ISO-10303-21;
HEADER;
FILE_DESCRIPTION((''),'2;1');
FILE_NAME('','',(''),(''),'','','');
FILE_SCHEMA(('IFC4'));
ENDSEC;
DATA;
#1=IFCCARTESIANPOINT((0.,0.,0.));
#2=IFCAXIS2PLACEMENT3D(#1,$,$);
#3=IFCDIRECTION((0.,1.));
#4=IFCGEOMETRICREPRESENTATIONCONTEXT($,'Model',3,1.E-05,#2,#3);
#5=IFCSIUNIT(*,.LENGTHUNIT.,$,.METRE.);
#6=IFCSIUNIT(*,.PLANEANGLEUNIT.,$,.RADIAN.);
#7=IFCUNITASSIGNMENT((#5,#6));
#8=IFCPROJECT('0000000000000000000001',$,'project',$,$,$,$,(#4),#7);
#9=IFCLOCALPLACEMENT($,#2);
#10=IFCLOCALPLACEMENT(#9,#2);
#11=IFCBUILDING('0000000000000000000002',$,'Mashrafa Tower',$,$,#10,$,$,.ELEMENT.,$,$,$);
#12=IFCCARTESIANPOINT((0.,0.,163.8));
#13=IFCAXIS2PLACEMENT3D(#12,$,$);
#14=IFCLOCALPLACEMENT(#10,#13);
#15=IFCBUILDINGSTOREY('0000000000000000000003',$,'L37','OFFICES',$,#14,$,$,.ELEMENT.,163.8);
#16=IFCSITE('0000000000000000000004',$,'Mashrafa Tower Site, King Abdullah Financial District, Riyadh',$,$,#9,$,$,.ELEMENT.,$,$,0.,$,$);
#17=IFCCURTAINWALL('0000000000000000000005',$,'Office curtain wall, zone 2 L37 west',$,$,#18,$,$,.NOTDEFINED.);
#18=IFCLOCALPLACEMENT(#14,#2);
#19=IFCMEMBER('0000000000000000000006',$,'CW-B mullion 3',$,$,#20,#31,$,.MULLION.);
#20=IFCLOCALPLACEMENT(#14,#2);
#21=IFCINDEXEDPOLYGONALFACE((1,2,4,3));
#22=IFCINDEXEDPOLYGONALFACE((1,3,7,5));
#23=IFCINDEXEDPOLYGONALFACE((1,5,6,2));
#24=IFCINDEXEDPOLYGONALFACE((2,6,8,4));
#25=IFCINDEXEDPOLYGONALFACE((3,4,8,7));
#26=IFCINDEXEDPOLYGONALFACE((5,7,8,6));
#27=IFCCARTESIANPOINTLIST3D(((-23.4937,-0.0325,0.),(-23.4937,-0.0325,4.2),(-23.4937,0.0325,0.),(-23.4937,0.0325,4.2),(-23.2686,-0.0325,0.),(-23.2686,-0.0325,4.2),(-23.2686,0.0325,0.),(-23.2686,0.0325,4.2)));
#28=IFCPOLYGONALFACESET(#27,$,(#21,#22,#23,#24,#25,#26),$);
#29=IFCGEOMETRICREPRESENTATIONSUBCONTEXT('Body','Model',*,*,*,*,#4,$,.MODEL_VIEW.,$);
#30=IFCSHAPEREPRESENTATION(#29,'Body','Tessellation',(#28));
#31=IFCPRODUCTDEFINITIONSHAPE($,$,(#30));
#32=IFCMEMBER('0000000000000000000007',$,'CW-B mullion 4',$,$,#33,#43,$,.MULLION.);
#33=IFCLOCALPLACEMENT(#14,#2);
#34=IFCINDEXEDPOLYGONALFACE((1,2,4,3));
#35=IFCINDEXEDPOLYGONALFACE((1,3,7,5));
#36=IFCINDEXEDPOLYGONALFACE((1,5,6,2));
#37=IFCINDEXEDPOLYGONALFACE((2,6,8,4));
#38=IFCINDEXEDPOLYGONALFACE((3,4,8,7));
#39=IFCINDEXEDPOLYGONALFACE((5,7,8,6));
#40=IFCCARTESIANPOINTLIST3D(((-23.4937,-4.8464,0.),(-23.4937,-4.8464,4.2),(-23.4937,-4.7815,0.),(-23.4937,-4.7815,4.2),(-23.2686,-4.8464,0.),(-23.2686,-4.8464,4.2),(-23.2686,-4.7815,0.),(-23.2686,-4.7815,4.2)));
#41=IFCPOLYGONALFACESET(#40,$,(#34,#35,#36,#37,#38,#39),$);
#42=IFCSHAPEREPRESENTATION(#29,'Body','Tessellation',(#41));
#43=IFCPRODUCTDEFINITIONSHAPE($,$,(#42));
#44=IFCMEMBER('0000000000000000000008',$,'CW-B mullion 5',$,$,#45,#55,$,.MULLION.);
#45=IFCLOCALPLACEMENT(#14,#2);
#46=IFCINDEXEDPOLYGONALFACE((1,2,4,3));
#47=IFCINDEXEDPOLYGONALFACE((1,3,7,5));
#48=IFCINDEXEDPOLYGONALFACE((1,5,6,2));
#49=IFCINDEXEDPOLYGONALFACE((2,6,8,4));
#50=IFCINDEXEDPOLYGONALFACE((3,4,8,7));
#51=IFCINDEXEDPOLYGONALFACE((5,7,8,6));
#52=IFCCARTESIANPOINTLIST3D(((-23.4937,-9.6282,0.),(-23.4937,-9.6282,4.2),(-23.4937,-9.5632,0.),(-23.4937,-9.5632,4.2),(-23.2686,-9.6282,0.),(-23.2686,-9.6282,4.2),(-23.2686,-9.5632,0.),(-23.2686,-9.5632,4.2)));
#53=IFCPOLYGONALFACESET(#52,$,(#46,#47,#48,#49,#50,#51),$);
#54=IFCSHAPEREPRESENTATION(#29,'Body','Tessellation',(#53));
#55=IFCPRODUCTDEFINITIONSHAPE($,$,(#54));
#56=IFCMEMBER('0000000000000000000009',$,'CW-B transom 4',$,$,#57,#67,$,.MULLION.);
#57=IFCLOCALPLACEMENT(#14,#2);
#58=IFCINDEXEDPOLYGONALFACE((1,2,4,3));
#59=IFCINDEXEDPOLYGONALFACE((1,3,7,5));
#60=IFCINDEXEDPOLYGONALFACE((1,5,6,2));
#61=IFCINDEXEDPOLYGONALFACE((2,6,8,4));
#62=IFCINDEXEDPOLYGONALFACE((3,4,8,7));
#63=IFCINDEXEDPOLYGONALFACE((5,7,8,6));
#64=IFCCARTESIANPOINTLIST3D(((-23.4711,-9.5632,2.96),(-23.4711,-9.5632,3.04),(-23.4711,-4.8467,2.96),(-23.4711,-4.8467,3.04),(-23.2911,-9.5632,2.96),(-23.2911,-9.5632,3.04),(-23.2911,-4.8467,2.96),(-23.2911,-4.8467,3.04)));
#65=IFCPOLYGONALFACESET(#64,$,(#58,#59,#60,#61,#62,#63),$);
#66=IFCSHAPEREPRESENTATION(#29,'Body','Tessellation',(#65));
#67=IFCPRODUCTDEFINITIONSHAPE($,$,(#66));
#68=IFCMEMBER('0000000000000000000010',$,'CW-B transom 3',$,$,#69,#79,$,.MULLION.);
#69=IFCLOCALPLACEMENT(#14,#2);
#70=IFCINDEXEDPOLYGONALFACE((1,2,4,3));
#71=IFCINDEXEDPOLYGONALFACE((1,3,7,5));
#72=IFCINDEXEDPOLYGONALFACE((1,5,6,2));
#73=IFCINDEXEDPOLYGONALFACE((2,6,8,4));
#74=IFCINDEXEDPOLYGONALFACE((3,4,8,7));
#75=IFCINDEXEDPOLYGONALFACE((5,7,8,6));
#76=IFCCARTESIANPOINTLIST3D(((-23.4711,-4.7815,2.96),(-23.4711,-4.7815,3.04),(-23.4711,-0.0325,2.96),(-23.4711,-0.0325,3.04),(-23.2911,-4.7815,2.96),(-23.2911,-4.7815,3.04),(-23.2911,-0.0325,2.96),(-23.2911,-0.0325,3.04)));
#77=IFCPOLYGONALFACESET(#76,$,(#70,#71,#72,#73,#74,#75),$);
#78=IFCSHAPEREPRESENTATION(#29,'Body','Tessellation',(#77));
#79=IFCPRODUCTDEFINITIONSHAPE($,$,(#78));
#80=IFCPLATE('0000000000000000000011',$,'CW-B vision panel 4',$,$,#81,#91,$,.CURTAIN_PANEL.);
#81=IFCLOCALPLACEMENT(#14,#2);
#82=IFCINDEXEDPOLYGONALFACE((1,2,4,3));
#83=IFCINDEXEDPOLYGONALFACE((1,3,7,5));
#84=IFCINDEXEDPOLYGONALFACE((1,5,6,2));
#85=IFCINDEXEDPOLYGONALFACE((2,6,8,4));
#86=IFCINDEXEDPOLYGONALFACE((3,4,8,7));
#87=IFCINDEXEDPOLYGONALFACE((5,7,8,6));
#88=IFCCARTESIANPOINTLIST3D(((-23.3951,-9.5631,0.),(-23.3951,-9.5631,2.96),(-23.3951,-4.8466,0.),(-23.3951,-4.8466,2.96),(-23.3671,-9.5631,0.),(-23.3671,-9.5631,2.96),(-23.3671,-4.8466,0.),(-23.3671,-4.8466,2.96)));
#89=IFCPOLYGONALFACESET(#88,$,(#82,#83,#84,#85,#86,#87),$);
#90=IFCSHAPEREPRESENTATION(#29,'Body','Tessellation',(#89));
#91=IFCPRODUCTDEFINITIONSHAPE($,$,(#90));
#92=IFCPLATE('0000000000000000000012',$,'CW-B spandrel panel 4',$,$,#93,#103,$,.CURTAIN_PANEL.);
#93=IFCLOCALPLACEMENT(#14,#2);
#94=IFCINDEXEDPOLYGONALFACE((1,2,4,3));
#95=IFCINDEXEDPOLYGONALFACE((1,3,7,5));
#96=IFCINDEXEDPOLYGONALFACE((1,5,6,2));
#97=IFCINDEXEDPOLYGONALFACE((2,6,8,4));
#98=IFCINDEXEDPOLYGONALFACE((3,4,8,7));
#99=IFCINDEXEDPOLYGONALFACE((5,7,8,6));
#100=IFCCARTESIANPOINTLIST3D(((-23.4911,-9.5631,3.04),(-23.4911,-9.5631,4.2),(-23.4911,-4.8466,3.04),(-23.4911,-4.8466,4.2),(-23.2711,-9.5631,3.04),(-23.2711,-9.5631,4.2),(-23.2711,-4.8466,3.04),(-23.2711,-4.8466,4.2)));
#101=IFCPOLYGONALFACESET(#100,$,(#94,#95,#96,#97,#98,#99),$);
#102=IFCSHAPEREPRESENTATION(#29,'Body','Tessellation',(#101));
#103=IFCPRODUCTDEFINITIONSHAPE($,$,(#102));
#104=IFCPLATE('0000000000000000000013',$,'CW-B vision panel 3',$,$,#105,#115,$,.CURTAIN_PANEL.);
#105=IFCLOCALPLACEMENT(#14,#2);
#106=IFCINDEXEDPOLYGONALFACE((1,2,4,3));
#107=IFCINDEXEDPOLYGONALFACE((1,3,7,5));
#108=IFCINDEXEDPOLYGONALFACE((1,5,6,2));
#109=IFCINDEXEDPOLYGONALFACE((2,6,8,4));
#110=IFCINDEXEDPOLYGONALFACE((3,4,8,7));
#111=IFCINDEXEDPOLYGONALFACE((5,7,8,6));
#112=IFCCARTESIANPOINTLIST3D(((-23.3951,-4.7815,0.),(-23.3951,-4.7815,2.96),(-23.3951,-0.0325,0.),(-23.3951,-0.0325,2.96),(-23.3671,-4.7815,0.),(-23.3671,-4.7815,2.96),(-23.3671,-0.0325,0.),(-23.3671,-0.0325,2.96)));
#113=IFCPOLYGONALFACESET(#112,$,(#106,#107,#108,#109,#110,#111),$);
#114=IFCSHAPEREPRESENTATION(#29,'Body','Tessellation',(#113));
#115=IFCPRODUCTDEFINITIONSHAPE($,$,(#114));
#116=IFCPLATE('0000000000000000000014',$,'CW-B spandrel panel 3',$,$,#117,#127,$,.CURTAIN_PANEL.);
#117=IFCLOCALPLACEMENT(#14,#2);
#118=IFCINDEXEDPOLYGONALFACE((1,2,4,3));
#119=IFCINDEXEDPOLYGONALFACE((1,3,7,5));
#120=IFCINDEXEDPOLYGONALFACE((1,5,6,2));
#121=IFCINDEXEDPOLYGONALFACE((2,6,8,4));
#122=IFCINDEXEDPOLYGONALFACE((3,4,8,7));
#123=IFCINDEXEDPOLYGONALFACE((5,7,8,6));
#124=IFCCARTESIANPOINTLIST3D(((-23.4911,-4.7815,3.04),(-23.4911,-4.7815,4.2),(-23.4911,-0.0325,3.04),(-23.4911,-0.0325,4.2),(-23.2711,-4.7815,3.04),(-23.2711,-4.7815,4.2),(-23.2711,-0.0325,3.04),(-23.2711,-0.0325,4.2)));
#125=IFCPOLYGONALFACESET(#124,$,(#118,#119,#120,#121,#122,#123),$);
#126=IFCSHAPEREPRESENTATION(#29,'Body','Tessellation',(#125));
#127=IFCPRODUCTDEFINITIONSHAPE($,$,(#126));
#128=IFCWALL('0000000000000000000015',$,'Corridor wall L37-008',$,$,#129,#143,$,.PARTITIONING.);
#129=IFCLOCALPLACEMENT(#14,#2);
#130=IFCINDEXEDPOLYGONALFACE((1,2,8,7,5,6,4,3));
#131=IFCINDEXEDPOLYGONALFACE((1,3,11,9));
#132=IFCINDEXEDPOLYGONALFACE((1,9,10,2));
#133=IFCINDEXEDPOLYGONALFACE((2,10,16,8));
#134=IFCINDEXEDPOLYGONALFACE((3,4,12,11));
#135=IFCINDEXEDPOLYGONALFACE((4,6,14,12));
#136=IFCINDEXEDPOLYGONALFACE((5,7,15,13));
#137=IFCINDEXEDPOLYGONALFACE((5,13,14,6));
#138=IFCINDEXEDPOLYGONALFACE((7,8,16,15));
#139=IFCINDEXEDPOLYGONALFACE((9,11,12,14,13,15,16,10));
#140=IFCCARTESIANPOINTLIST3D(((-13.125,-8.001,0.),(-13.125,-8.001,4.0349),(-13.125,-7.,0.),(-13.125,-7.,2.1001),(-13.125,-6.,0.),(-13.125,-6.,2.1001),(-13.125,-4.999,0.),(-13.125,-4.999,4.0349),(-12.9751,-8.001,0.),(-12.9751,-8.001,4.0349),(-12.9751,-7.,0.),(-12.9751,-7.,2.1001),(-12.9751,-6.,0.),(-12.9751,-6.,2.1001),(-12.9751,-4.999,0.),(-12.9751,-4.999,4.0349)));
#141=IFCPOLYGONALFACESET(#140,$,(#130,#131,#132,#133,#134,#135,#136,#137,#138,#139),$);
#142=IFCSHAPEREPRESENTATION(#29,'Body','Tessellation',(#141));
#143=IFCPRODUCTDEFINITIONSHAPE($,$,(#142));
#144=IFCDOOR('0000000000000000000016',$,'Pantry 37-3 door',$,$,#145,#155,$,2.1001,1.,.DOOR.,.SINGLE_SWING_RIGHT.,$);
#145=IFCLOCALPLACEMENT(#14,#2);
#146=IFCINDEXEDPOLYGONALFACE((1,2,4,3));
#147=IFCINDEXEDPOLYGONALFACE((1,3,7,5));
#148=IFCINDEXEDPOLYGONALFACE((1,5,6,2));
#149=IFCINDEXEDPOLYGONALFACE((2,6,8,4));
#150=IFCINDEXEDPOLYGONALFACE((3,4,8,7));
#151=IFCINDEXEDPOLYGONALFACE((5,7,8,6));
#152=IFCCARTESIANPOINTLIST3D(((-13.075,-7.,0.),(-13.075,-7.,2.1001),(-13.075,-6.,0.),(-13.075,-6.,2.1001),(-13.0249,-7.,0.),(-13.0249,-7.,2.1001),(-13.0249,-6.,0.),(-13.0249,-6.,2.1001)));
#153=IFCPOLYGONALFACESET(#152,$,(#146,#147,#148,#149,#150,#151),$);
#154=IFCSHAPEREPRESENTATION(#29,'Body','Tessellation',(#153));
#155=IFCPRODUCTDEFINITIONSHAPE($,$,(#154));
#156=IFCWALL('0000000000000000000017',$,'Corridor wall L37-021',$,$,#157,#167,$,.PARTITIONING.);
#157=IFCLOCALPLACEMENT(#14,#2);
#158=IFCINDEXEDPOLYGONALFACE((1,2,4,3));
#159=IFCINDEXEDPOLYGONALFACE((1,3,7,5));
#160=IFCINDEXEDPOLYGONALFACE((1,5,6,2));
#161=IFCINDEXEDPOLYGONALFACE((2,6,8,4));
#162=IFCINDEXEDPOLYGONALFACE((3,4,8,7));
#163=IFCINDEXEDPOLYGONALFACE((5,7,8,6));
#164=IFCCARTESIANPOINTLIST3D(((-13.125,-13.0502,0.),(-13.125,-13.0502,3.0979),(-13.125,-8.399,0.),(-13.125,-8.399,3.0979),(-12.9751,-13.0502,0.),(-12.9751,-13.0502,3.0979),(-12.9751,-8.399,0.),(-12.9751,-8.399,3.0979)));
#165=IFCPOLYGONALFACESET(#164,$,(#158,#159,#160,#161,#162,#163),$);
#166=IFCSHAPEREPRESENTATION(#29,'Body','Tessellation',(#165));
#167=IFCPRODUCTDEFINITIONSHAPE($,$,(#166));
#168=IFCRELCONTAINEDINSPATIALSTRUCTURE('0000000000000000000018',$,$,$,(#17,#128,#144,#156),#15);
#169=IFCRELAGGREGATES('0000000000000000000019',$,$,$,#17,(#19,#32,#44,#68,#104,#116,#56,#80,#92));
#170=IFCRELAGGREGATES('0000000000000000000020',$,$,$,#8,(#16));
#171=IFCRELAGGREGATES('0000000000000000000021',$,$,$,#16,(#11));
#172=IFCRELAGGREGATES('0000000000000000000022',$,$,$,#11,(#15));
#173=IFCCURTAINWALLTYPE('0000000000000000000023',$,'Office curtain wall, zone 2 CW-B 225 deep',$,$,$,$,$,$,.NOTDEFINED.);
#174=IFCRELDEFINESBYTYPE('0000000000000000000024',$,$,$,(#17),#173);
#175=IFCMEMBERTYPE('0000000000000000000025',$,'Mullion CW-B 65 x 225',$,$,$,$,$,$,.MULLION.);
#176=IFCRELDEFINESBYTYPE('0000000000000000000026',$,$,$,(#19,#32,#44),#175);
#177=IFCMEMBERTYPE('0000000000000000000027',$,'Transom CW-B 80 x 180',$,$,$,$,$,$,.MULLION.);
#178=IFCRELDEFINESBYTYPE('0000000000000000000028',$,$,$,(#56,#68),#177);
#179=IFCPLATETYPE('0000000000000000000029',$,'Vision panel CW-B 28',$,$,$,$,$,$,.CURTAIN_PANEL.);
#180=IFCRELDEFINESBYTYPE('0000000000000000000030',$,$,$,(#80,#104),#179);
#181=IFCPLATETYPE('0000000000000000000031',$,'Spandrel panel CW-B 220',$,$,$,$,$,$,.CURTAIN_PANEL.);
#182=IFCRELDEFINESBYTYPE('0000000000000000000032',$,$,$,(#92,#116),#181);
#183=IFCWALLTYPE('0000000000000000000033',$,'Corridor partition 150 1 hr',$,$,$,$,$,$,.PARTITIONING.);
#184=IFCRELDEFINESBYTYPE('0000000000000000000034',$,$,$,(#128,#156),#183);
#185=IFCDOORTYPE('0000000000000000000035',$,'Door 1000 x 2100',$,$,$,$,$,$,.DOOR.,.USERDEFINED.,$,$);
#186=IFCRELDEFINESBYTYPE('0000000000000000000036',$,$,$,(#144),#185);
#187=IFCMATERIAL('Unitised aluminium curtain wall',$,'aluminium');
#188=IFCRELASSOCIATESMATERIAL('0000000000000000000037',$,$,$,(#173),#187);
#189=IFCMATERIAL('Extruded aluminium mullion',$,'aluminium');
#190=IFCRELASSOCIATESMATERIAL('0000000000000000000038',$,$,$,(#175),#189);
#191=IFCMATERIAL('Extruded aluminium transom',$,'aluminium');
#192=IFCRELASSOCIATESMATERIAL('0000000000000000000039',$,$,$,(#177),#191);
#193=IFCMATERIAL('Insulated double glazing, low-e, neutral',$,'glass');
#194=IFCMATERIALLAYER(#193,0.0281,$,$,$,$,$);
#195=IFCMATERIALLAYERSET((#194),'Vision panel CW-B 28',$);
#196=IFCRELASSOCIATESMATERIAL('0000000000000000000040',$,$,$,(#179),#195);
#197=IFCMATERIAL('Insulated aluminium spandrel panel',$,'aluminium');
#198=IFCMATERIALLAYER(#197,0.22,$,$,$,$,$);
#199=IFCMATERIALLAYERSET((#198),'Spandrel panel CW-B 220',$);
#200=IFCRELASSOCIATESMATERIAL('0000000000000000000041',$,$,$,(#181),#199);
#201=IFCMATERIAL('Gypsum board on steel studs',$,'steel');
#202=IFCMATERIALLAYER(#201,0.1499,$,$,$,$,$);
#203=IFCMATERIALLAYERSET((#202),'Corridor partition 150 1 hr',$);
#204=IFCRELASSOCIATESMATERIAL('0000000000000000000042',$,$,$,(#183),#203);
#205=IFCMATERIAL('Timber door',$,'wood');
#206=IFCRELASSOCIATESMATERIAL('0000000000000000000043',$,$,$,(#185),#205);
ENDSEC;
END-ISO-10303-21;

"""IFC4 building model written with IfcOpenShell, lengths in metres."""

from ifc_helpers import new_model, si_unit, direction, frame, frame_2d, origin, origin_2d, place, context, subcontext, project, spatial, rectangle, extrude, source, transform, mapped, material, layer, layer_set, material_profile, profile_set, type_object, type_shapes, element, fill, aggregate, save


model = new_model("IFC4")

# Units and contexts
model_context = context("Model", 3, precision=1e-05, world=origin(), true_north=direction((0.0, 1.0)))
body_context = subcontext(model_context, "Body", "Model", "MODEL_VIEW")
ifc_project = project(units=[si_unit("LENGTHUNIT", "METRE"), si_unit("PLANEANGLEUNIT", "RADIAN")], contexts=[model_context])

# Site, building, storey
site_placement = place(None, origin())
site = spatial("IfcSite", under=ifc_project, at=site_placement, Name="Mashrafa Tower Site, King Abdullah Financial District, Riyadh", CompositionType="ELEMENT", RefElevation=0.0)
building_placement = place(site_placement, origin())
building = spatial("IfcBuilding", under=site, at=building_placement, Name="Mashrafa Tower", CompositionType="ELEMENT")
storey_placement = place(building_placement, frame((0.0, 0.0, 163.8)))
storey = spatial("IfcBuildingStorey", under=building, at=storey_placement, Name="L37", Description="OFFICES", CompositionType="ELEMENT", Elevation=163.8)

# Curtain wall, members, plates
ifc_material_1 = material(Name="Unitised aluminium curtain wall", Category="aluminium")
curtain_wall_type = type_object("IfcCurtainWallType", Name="Office curtain wall, zone 2 CW-B 225 deep", PredefinedType="NOTDEFINED", material=ifc_material_1)
curtain_wall_placement = place(storey_placement, origin())
curtain_wall = element("IfcCurtainWall", 1, at=curtain_wall_placement, inside=storey, type_object=curtain_wall_type, Name="Office curtain wall, zone 2 L37 west", PredefinedType="NOTDEFINED")
ifc_material_2 = material(Name="Extruded aluminium mullion", Category="aluminium")
ifc_material_profile_1 = material_profile(ifc_material_2, rectangle(XDim=0.2251, YDim=0.0649, at=origin_2d()), Name="Mullion 65x225")
ifc_profile_set_1 = profile_set([ifc_material_profile_1], Name="Extruded aluminium mullion")
member_type_1 = type_object("IfcMemberType", Name="Mullion CW-B 65 x 225", PredefinedType="MULLION", material=ifc_profile_set_1)
shared_shape_1 = source(origin(), body_context, "Body", "SweptSolid", [
    extrude(rectangle(XDim=0.2251, YDim=0.0649, at=origin_2d()), origin(), (0.0, 0.0, 1.0), 4.2),
])
type_shapes(member_type_1, [shared_shape_1])
member_1_placement = place(storey_placement, frame((-23.3811, 0.0, 0.0), z_axis=(0.0, 0.0, 1.0), x_axis=(1.0, 0.0, 0.0)))
member_1 = element("IfcMember", 2, at=member_1_placement, type_object=member_type_1, Name="CW-B mullion 3", PredefinedType="MULLION", context=body_context, shape_type="MappedRepresentation", body=[
    mapped(shared_shape_1, transform((0.0, 0.0, 0.0))),
])
member_2_placement = place(storey_placement, frame((-23.3811, -4.814, 0.0), z_axis=(0.0, 0.0, 1.0), x_axis=(1.0, 0.0, 0.0)))
member_2 = element("IfcMember", 3, at=member_2_placement, type_object=member_type_1, Name="CW-B mullion 4", PredefinedType="MULLION", context=body_context, shape_type="MappedRepresentation", body=[
    mapped(shared_shape_1, transform((0.0, 0.0, 0.0))),
])
member_3_placement = place(storey_placement, frame((-23.3811, -9.5957, 0.0), z_axis=(0.0, 0.0, 1.0), x_axis=(1.0, 0.0, 0.0)))
member_3 = element("IfcMember", 4, at=member_3_placement, type_object=member_type_1, Name="CW-B mullion 5", PredefinedType="MULLION", context=body_context, shape_type="MappedRepresentation", body=[
    mapped(shared_shape_1, transform((0.0, 0.0, 0.0))),
])
ifc_material_3 = material(Name="Extruded aluminium transom", Category="aluminium")
ifc_material_profile_2 = material_profile(ifc_material_3, rectangle(XDim=0.1799, YDim=0.0801, at=origin_2d()), Name="Transom 80x180")
ifc_profile_set_2 = profile_set([ifc_material_profile_2], Name="Extruded aluminium transom")
member_type_2 = type_object("IfcMemberType", Name="Transom CW-B 80 x 180", PredefinedType="MULLION", material=ifc_profile_set_2)
shared_shape_2 = source(origin(), body_context, "Body", "SweptSolid", [
    extrude(rectangle(XDim=0.1799, YDim=0.0801, at=origin_2d()), origin(), (0.0, 0.0, 1.0), 4.7166),
])
member_4_placement = place(storey_placement, frame((-23.3811, -4.8467, 3.0), z_axis=(0.0, -1.0, 0.0), x_axis=(1.0, 0.0, 0.0)))
member_4 = element("IfcMember", 5, at=member_4_placement, type_object=member_type_2, Name="CW-B transom 4", PredefinedType="MULLION", context=body_context, shape_type="MappedRepresentation", body=[
    mapped(shared_shape_2, transform((0.0, 0.0, 0.0))),
])
shared_shape_3 = source(origin(), body_context, "Body", "SweptSolid", [
    extrude(rectangle(XDim=0.1799, YDim=0.0801, at=origin_2d()), origin(), (0.0, 0.0, 1.0), 4.749),
])
type_shapes(member_type_2, [shared_shape_2, shared_shape_3])
member_5_placement = place(storey_placement, frame((-23.3811, -0.0325, 3.0), z_axis=(0.0, -1.0, 0.0), x_axis=(1.0, 0.0, 0.0)))
member_5 = element("IfcMember", 6, at=member_5_placement, type_object=member_type_2, Name="CW-B transom 3", PredefinedType="MULLION", context=body_context, shape_type="MappedRepresentation", body=[
    mapped(shared_shape_3, transform((0.0, 0.0, 0.0))),
])
ifc_material_4 = material(Name="Insulated double glazing, low-e, neutral", Category="glass")
ifc_layer_1 = layer(ifc_material_4, 0.0281)
ifc_layer_set_1 = layer_set([ifc_layer_1], Name="Vision panel CW-B 28")
plate_type_1 = type_object("IfcPlateType", Name="Vision panel CW-B 28", PredefinedType="CURTAIN_PANEL", material=ifc_layer_set_1)
shared_shape_4 = source(origin(), body_context, "Body", "SweptSolid", [
    extrude(rectangle(XDim=4.7166, YDim=0.0281, at=origin_2d()), origin(), (0.0, 0.0, 1.0), 2.96),
])
plate_1_placement = place(storey_placement, frame((-23.3811, -7.2048, 0.0), z_axis=(0.0, 0.0, 1.0), x_axis=(0.0, -1.0, 0.0)))
plate_1 = element("IfcPlate", 7, at=plate_1_placement, type_object=plate_type_1, Name="CW-B vision panel 4", PredefinedType="CURTAIN_PANEL", context=body_context, shape_type="MappedRepresentation", body=[
    mapped(shared_shape_4, transform((0.0, 0.0, 0.0))),
])
ifc_material_5 = material(Name="Insulated aluminium spandrel panel", Category="aluminium")
ifc_layer_2 = layer(ifc_material_5, 0.22)
ifc_layer_set_2 = layer_set([ifc_layer_2], Name="Spandrel panel CW-B 220")
plate_type_2 = type_object("IfcPlateType", Name="Spandrel panel CW-B 220", PredefinedType="CURTAIN_PANEL", material=ifc_layer_set_2)
shared_shape_5 = source(origin(), body_context, "Body", "SweptSolid", [
    extrude(rectangle(XDim=4.7166, YDim=0.22, at=origin_2d()), origin(), (0.0, 0.0, 1.0), 1.1599),
])
plate_2_placement = place(storey_placement, frame((-23.3811, -7.2048, 3.04), z_axis=(0.0, 0.0, 1.0), x_axis=(0.0, -1.0, 0.0)))
plate_2 = element("IfcPlate", 8, at=plate_2_placement, type_object=plate_type_2, Name="CW-B spandrel panel 4", PredefinedType="CURTAIN_PANEL", context=body_context, shape_type="MappedRepresentation", body=[
    mapped(shared_shape_5, transform((0.0, 0.0, 0.0))),
])
shared_shape_6 = source(origin(), body_context, "Body", "SweptSolid", [
    extrude(rectangle(XDim=4.749, YDim=0.0281, at=origin_2d()), origin(), (0.0, 0.0, 1.0), 2.96),
])
type_shapes(plate_type_1, [shared_shape_4, shared_shape_6])
plate_3_placement = place(storey_placement, frame((-23.3811, -2.407, 0.0), z_axis=(0.0, 0.0, 1.0), x_axis=(0.0, -1.0, 0.0)))
plate_3 = element("IfcPlate", 9, at=plate_3_placement, type_object=plate_type_1, Name="CW-B vision panel 3", PredefinedType="CURTAIN_PANEL", context=body_context, shape_type="MappedRepresentation", body=[
    mapped(shared_shape_6, transform((0.0, 0.0, 0.0))),
])
shared_shape_7 = source(origin(), body_context, "Body", "SweptSolid", [
    extrude(rectangle(XDim=4.749, YDim=0.22, at=origin_2d()), origin(), (0.0, 0.0, 1.0), 1.1599),
])
type_shapes(plate_type_2, [shared_shape_5, shared_shape_7])
plate_4_placement = place(storey_placement, frame((-23.3811, -2.407, 3.04), z_axis=(0.0, 0.0, 1.0), x_axis=(0.0, -1.0, 0.0)))
plate_4 = element("IfcPlate", 10, at=plate_4_placement, type_object=plate_type_2, Name="CW-B spandrel panel 3", PredefinedType="CURTAIN_PANEL", context=body_context, shape_type="MappedRepresentation", body=[
    mapped(shared_shape_7, transform((0.0, 0.0, 0.0))),
])
aggregate(curtain_wall, [member_1, member_2, member_3, member_5, plate_3, plate_4, member_4, plate_1, plate_2])

# Wall, opening, door
ifc_material_6 = material(Name="Gypsum board on steel studs", Category="steel")
ifc_layer_3 = layer(ifc_material_6, 0.1499)
ifc_layer_set_3 = layer_set([ifc_layer_3], Name="Corridor partition 150 1 hr")
wall_type_1 = type_object("IfcWallType", Name="Corridor partition 150 1 hr", PredefinedType="PARTITIONING", material=ifc_layer_set_3)
wall_1_placement = place(storey_placement, frame((-13.05, -4.999, 0.0), z_axis=(0.0, 0.0, 1.0), x_axis=(0.0, -1.0, 0.0)))
wall_1 = element("IfcWall", 11, at=wall_1_placement, inside=storey, type_object=wall_type_1, Name="Corridor wall L37-008", PredefinedType="PARTITIONING", context=body_context, shape_type="SweptSolid", body=[
    extrude(rectangle(XDim=3.002, YDim=0.1499, at=frame_2d((1.501, 0.0))), origin(), (0.0, 0.0, 1.0), 4.0349),
])
opening_1_placement = place(wall_1_placement, frame((1.001, 0.0, 0.0)))
opening_1 = element("IfcOpeningElement", 12, at=opening_1_placement, cuts=wall_1, PredefinedType="OPENING", context=body_context, shape_type="SweptSolid", body=[
    extrude(rectangle(XDim=1.0, YDim=2.1001, at=frame_2d((0.5, 1.05))), frame((0.0, 0.085, 0.0), z_axis=(0.0, -1.0, 0.0), x_axis=(1.0, 0.0, 0.0)), (0.0, 0.0, 1.0), 0.1699),
])
ifc_material_7 = material(Name="Timber door", Category="wood")
door_type_1 = type_object("IfcDoorType", Name="Door 1000 x 2100", OperationType="USERDEFINED", PredefinedType="DOOR", material=ifc_material_7)
door_1_placement = place(opening_1_placement, frame((1.0, 0.0, 0.0), z_axis=(0.0, 0.0, 1.0), x_axis=(-1.0, 0.0, 0.0)))
door_1 = element("IfcDoor", 13, at=door_1_placement, inside=storey, type_object=door_type_1, Name="Pantry 37-3 door", OperationType="SINGLE_SWING_RIGHT", OverallHeight=2.1001, OverallWidth=1.0, PredefinedType="DOOR", context=body_context, shape_type="SweptSolid", body=[
    extrude(rectangle(XDim=1.0, YDim=2.1001, at=frame_2d((0.5, 1.05))), frame((0.0, 0.0249, 0.0), z_axis=(0.0, -1.0, 0.0), x_axis=(1.0, 0.0, 0.0)), (0.0, 0.0, 1.0), 0.05),
])
fill(opening_1, door_1)

# Wall
wall_2_placement = place(storey_placement, frame((-13.05, -8.3989, 0.0), z_axis=(0.0, 0.0, 1.0), x_axis=(0.0, -1.0, 0.0)))
element("IfcWall", 14, at=wall_2_placement, inside=storey, type_object=wall_type_1, Name="Corridor wall L37-021", PredefinedType="PARTITIONING", context=body_context, shape_type="SweptSolid", body=[
    extrude(rectangle(XDim=4.6511, YDim=0.1499, at=frame_2d((2.3257, 0.0))), origin(), (0.0, 0.0, 1.0), 3.0979),
])

save(model, "model.ifc")
